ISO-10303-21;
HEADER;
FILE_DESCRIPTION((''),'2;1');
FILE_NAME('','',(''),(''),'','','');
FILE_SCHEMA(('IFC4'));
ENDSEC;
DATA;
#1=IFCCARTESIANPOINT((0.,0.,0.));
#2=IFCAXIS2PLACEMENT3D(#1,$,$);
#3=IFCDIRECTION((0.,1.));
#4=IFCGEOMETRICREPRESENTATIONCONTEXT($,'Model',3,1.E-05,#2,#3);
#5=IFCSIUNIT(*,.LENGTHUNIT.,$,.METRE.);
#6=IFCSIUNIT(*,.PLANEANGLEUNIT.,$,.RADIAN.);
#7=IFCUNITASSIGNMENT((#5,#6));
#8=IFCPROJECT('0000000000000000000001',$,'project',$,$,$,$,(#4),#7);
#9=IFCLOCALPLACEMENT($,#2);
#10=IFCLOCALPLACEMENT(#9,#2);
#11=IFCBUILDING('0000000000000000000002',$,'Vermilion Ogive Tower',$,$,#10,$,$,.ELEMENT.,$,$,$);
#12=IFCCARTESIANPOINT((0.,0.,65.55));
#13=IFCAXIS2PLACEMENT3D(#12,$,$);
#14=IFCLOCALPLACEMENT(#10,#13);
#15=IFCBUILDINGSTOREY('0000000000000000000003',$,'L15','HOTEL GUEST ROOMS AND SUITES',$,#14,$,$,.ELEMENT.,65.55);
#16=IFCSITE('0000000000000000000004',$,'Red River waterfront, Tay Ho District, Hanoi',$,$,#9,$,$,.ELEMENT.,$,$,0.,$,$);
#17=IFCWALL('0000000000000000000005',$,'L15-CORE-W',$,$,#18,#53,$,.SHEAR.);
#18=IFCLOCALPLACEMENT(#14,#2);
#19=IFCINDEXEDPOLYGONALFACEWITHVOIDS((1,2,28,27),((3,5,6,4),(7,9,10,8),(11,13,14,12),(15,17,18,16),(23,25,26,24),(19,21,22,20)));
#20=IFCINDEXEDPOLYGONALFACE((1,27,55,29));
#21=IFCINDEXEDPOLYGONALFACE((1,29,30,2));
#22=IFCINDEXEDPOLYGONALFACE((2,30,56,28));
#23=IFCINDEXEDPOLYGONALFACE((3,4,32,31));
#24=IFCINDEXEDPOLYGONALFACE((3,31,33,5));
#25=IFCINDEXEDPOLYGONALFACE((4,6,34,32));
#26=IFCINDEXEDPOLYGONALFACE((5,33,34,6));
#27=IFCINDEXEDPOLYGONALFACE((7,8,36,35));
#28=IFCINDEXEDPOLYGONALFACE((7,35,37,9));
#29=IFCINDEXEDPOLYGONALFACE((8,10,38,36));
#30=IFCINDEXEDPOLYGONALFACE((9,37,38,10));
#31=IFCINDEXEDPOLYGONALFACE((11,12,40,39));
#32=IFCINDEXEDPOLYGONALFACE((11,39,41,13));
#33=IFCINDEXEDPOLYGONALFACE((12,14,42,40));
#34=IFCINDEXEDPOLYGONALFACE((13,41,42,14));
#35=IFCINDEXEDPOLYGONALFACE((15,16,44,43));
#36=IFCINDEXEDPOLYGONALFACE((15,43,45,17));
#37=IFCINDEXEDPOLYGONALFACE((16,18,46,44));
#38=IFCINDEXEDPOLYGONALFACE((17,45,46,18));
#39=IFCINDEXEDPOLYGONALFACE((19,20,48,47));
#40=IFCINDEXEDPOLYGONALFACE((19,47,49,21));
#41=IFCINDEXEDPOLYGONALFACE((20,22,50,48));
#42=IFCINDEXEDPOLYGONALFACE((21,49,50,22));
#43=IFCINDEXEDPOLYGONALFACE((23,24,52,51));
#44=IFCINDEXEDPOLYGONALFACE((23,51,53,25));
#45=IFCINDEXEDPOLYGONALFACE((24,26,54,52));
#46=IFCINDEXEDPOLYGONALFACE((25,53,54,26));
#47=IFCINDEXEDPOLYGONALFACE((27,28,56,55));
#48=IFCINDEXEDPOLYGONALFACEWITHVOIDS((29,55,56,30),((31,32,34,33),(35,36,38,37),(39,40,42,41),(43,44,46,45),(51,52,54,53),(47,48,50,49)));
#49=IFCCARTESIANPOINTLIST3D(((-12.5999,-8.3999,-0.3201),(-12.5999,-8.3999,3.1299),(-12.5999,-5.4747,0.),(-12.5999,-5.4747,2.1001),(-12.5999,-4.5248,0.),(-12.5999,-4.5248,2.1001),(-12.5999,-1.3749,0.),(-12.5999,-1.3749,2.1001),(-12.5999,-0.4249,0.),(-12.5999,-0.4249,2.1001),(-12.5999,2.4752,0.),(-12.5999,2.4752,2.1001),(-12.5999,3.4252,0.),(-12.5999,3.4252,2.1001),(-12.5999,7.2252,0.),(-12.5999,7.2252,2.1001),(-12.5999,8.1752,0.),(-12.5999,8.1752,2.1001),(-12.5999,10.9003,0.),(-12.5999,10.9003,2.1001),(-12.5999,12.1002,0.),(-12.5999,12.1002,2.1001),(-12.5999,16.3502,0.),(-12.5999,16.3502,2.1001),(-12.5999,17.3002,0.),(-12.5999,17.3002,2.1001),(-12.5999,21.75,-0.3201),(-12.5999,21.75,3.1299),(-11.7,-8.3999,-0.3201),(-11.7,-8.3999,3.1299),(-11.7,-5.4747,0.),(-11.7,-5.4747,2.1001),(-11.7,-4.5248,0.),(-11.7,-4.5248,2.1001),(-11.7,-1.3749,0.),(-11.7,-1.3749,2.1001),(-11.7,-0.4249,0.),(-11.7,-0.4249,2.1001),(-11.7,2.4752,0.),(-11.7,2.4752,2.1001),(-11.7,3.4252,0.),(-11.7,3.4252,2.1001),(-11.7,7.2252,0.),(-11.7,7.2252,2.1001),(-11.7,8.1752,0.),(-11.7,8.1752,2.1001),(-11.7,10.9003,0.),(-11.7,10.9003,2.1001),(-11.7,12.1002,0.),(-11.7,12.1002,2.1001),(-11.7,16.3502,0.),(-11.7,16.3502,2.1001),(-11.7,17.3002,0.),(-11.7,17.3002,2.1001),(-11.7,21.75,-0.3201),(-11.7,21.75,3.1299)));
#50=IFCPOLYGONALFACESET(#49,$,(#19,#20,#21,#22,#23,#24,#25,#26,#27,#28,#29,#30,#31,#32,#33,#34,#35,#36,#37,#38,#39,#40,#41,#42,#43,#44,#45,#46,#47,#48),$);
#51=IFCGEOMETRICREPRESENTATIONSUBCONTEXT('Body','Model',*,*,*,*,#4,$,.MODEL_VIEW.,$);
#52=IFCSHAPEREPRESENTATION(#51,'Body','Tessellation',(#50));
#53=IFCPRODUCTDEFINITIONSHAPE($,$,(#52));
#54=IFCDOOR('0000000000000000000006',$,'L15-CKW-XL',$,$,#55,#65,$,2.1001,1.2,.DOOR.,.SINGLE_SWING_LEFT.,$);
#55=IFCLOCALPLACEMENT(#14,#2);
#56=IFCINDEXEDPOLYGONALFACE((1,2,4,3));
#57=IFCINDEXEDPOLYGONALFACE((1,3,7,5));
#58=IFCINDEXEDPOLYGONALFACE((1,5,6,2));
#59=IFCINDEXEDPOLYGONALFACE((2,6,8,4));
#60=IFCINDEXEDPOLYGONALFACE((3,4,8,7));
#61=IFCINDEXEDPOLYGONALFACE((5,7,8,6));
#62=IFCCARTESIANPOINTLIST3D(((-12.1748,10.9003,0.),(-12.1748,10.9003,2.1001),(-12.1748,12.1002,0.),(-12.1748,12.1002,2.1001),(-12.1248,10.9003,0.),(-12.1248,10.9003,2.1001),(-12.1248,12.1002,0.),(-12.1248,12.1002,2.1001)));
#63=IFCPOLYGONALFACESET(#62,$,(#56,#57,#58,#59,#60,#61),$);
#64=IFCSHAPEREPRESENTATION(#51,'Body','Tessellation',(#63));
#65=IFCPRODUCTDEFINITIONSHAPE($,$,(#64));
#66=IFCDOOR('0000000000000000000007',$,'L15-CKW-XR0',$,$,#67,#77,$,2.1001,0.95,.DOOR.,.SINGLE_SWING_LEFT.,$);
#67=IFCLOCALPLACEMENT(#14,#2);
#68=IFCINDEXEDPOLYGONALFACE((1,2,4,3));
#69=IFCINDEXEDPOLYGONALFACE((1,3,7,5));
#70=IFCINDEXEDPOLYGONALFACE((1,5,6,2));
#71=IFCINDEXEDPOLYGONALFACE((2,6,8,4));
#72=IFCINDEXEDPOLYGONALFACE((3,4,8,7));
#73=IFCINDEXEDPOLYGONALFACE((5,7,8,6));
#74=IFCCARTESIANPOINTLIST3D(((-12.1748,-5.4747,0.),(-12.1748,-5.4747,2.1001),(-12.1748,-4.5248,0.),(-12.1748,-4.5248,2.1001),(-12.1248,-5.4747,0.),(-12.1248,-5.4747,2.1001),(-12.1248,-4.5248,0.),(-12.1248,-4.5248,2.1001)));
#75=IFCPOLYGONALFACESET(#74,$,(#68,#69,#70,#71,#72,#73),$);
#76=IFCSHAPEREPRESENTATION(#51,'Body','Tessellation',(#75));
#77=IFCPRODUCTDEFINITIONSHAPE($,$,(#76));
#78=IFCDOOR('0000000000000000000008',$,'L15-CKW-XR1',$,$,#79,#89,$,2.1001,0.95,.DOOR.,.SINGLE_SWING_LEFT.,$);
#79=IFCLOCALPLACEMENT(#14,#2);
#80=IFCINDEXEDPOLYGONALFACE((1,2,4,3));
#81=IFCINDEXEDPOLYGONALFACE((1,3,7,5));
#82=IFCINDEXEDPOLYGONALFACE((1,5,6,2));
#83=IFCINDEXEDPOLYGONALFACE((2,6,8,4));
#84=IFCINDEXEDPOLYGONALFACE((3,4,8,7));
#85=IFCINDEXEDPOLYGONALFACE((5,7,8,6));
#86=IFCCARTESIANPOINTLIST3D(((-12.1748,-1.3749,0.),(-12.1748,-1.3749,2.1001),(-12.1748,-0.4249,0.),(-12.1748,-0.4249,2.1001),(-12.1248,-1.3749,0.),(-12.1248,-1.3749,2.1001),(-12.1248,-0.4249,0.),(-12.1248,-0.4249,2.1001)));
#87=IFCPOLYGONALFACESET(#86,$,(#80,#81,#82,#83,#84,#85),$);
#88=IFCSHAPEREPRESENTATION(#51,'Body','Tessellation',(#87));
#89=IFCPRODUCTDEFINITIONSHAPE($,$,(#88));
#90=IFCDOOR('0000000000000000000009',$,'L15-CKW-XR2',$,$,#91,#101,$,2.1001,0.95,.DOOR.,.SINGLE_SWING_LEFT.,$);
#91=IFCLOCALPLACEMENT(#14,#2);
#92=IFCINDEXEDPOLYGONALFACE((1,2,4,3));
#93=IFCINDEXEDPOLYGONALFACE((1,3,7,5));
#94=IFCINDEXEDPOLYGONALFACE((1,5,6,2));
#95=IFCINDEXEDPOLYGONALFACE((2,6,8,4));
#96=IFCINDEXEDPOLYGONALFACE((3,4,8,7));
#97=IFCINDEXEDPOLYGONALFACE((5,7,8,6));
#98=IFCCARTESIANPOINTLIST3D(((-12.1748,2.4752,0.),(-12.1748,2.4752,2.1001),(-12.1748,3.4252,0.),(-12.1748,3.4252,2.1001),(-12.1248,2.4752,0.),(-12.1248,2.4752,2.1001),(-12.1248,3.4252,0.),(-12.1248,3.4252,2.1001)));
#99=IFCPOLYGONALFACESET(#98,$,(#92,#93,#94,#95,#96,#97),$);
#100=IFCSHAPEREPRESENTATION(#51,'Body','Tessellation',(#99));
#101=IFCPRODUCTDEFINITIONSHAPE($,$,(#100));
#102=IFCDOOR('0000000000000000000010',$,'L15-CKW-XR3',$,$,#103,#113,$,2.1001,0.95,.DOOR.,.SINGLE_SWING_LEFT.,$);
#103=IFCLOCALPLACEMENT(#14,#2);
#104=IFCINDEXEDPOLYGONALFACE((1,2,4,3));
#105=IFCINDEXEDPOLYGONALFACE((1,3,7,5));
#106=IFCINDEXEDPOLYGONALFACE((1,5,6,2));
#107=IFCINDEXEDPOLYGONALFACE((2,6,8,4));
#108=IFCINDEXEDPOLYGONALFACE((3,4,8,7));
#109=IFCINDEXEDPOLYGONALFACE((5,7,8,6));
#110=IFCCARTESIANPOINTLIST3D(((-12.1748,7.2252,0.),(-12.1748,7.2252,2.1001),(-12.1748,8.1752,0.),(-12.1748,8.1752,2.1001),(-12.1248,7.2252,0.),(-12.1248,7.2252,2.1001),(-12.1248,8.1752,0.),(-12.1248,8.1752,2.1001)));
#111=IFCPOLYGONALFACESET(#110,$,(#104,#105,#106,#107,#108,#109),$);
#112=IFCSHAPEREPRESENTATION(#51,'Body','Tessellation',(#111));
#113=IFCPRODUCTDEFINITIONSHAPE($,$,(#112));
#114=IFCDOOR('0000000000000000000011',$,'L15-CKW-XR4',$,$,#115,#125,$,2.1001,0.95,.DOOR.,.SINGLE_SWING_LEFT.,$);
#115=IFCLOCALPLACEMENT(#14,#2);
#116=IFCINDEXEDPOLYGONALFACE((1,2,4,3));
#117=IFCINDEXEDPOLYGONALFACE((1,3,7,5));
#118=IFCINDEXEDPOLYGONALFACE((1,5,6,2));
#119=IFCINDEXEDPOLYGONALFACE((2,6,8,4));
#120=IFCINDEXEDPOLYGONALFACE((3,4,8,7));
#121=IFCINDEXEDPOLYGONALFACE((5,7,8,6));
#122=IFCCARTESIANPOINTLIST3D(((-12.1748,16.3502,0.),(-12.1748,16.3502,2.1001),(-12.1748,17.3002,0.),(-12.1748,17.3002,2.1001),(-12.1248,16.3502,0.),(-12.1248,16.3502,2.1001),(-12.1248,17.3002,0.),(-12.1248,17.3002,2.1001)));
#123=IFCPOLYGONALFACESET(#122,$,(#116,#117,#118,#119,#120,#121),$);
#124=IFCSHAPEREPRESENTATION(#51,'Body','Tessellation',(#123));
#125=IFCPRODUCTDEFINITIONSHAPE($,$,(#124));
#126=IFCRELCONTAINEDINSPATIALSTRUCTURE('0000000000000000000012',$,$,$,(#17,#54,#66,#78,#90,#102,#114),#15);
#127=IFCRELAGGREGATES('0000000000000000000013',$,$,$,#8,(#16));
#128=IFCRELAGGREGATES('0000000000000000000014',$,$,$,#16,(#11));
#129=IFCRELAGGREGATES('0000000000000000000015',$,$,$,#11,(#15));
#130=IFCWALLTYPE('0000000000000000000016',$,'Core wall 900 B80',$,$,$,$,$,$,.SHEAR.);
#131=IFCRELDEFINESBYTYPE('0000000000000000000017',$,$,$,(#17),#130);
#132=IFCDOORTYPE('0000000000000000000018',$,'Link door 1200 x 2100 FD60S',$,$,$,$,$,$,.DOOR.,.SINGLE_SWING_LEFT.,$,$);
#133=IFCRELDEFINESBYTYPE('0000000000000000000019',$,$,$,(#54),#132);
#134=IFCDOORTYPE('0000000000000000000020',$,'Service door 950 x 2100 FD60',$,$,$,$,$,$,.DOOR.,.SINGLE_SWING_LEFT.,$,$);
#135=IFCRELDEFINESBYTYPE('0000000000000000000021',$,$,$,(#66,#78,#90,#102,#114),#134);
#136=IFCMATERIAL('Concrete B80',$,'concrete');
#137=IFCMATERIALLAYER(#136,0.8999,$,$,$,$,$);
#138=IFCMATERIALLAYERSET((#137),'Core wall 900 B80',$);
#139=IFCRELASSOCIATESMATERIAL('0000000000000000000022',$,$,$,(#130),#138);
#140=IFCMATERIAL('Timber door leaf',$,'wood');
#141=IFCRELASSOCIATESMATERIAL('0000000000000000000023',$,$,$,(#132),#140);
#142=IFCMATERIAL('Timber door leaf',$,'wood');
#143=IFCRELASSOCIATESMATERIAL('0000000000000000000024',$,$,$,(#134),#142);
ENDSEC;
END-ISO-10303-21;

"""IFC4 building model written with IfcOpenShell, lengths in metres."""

from ifc_helpers import new_model, si_unit, direction, frame, frame_2d, origin, place, context, subcontext, project, spatial, rectangle, extrude, material, layer, layer_set, type_object, element, fill, save


model = new_model("IFC4")

# Units and contexts
model_context = context("Model", 3, precision=1e-05, world=origin(), true_north=direction((0.0, 1.0)))
body_context = subcontext(model_context, "Body", "Model", "MODEL_VIEW")
ifc_project = project(units=[si_unit("LENGTHUNIT", "METRE"), si_unit("PLANEANGLEUNIT", "RADIAN")], contexts=[model_context])

# Site, building, storey
site_placement = place(None, origin())
site = spatial("IfcSite", under=ifc_project, at=site_placement, Name="Red River waterfront, Tay Ho District, Hanoi", CompositionType="ELEMENT", RefElevation=0.0)
building_placement = place(site_placement, origin())
building = spatial("IfcBuilding", under=site, at=building_placement, Name="Vermilion Ogive Tower", CompositionType="ELEMENT")
storey_placement = place(building_placement, frame((0.0, 0.0, 65.55)))
storey = spatial("IfcBuildingStorey", under=building, at=storey_placement, Name="L15", Description="HOTEL GUEST ROOMS AND SUITES", CompositionType="ELEMENT", Elevation=65.55)

# Wall, openings, doors
ifc_material_1 = material(Name="Concrete B80", Category="concrete")
ifc_layer_1 = layer(ifc_material_1, 0.8999)
ifc_layer_set_1 = layer_set([ifc_layer_1], Name="Core wall 900 B80")
wall_type_1 = type_object("IfcWallType", Name="Core wall 900 B80", PredefinedType="SHEAR", material=ifc_layer_set_1)
wall_1_placement = place(storey_placement, frame((-12.1499, -8.3999, -0.3201), z_axis=(0.0, 0.0, 1.0), x_axis=(0.0, 1.0, 0.0)))
wall_1 = element("IfcWall", 1, at=wall_1_placement, inside=storey, type_object=wall_type_1, Name="L15-CORE-W", PredefinedType="SHEAR", context=body_context, shape_type="SweptSolid", body=[
    extrude(rectangle(XDim=30.1499, YDim=0.8999, at=frame_2d((15.075, 0.0))), origin(), (0.0, 0.0, 1.0), 3.45),
])
opening_1_placement = place(wall_1_placement, frame((2.925, 0.0, 0.3201)))
opening_1 = element("IfcOpeningElement", 2, at=opening_1_placement, cuts=wall_1, PredefinedType="OPENING", context=body_context, shape_type="SweptSolid", body=[
    extrude(rectangle(XDim=0.95, YDim=2.1001, at=frame_2d((0.4751, 1.05))), frame((0.0, 0.46, 0.0), z_axis=(0.0, -1.0, 0.0), x_axis=(1.0, 0.0, 0.0)), (0.0, 0.0, 1.0), 0.9199),
])
opening_2_placement = place(wall_1_placement, frame((7.0249, 0.0, 0.3201)))
opening_2 = element("IfcOpeningElement", 3, at=opening_2_placement, cuts=wall_1, PredefinedType="OPENING", context=body_context, shape_type="SweptSolid", body=[
    extrude(rectangle(XDim=0.95, YDim=2.1001, at=frame_2d((0.4751, 1.05))), frame((0.0, 0.46, 0.0), z_axis=(0.0, -1.0, 0.0), x_axis=(1.0, 0.0, 0.0)), (0.0, 0.0, 1.0), 0.9199),
])
opening_3_placement = place(wall_1_placement, frame((10.875, 0.0, 0.3201)))
opening_3 = element("IfcOpeningElement", 4, at=opening_3_placement, cuts=wall_1, PredefinedType="OPENING", context=body_context, shape_type="SweptSolid", body=[
    extrude(rectangle(XDim=0.95, YDim=2.1001, at=frame_2d((0.4751, 1.05))), frame((0.0, 0.46, 0.0), z_axis=(0.0, -1.0, 0.0), x_axis=(1.0, 0.0, 0.0)), (0.0, 0.0, 1.0), 0.9199),
])
opening_4_placement = place(wall_1_placement, frame((15.625, 0.0, 0.3201)))
opening_4 = element("IfcOpeningElement", 5, at=opening_4_placement, cuts=wall_1, PredefinedType="OPENING", context=body_context, shape_type="SweptSolid", body=[
    extrude(rectangle(XDim=0.95, YDim=2.1001, at=frame_2d((0.4751, 1.05))), frame((0.0, 0.46, 0.0), z_axis=(0.0, -1.0, 0.0), x_axis=(1.0, 0.0, 0.0)), (0.0, 0.0, 1.0), 0.9199),
])
opening_5_placement = place(wall_1_placement, frame((24.75, 0.0, 0.3201)))
opening_5 = element("IfcOpeningElement", 6, at=opening_5_placement, cuts=wall_1, PredefinedType="OPENING", context=body_context, shape_type="SweptSolid", body=[
    extrude(rectangle(XDim=0.95, YDim=2.1001, at=frame_2d((0.4751, 1.05))), frame((0.0, 0.46, 0.0), z_axis=(0.0, -1.0, 0.0), x_axis=(1.0, 0.0, 0.0)), (0.0, 0.0, 1.0), 0.9199),
])
opening_6_placement = place(wall_1_placement, frame((19.3, 0.0, 0.3201)))
opening_6 = element("IfcOpeningElement", 7, at=opening_6_placement, cuts=wall_1, PredefinedType="OPENING", context=body_context, shape_type="SweptSolid", body=[
    extrude(rectangle(XDim=1.2, YDim=2.1001, at=frame_2d((0.6001, 1.05))), frame((0.0, 0.46, 0.0), z_axis=(0.0, -1.0, 0.0), x_axis=(1.0, 0.0, 0.0)), (0.0, 0.0, 1.0), 0.9199),
])
ifc_material_2 = material(Name="Timber door leaf", Category="wood")
door_type_1 = type_object("IfcDoorType", Name="Link door 1200 x 2100 FD60S", OperationType="SINGLE_SWING_LEFT", PredefinedType="DOOR", material=ifc_material_2)
door_1_placement = place(opening_6_placement, origin())
door_1 = element("IfcDoor", 8, at=door_1_placement, inside=storey, type_object=door_type_1, Name="L15-CKW-XL", OperationType="SINGLE_SWING_LEFT", OverallHeight=2.1001, OverallWidth=1.2, PredefinedType="DOOR", context=body_context, shape_type="SweptSolid", body=[
    extrude(rectangle(XDim=1.2, YDim=2.1001, at=frame_2d((0.6001, 1.05))), frame((0.0, 0.0249, 0.0), z_axis=(0.0, -1.0, 0.0), x_axis=(1.0, 0.0, 0.0)), (0.0, 0.0, 1.0), 0.05),
])
fill(opening_6, door_1)
ifc_material_3 = material(Name="Timber door leaf", Category="wood")
door_type_2 = type_object("IfcDoorType", Name="Service door 950 x 2100 FD60", OperationType="SINGLE_SWING_LEFT", PredefinedType="DOOR", material=ifc_material_3)
door_2_placement = place(opening_1_placement, origin())
door_2 = element("IfcDoor", 9, at=door_2_placement, inside=storey, type_object=door_type_2, Name="L15-CKW-XR0", OperationType="SINGLE_SWING_LEFT", OverallHeight=2.1001, OverallWidth=0.95, PredefinedType="DOOR", context=body_context, shape_type="SweptSolid", body=[
    extrude(rectangle(XDim=0.95, YDim=2.1001, at=frame_2d((0.4751, 1.05))), frame((0.0, 0.0249, 0.0), z_axis=(0.0, -1.0, 0.0), x_axis=(1.0, 0.0, 0.0)), (0.0, 0.0, 1.0), 0.05),
])
fill(opening_1, door_2)
door_3_placement = place(opening_2_placement, origin())
door_3 = element("IfcDoor", 10, at=door_3_placement, inside=storey, type_object=door_type_2, Name="L15-CKW-XR1", OperationType="SINGLE_SWING_LEFT", OverallHeight=2.1001, OverallWidth=0.95, PredefinedType="DOOR", context=body_context, shape_type="SweptSolid", body=[
    extrude(rectangle(XDim=0.95, YDim=2.1001, at=frame_2d((0.4751, 1.05))), frame((0.0, 0.0249, 0.0), z_axis=(0.0, -1.0, 0.0), x_axis=(1.0, 0.0, 0.0)), (0.0, 0.0, 1.0), 0.05),
])
fill(opening_2, door_3)
door_4_placement = place(opening_3_placement, origin())
door_4 = element("IfcDoor", 11, at=door_4_placement, inside=storey, type_object=door_type_2, Name="L15-CKW-XR2", OperationType="SINGLE_SWING_LEFT", OverallHeight=2.1001, OverallWidth=0.95, PredefinedType="DOOR", context=body_context, shape_type="SweptSolid", body=[
    extrude(rectangle(XDim=0.95, YDim=2.1001, at=frame_2d((0.4751, 1.05))), frame((0.0, 0.0249, 0.0), z_axis=(0.0, -1.0, 0.0), x_axis=(1.0, 0.0, 0.0)), (0.0, 0.0, 1.0), 0.05),
])
fill(opening_3, door_4)
door_5_placement = place(opening_4_placement, origin())
door_5 = element("IfcDoor", 12, at=door_5_placement, inside=storey, type_object=door_type_2, Name="L15-CKW-XR3", OperationType="SINGLE_SWING_LEFT", OverallHeight=2.1001, OverallWidth=0.95, PredefinedType="DOOR", context=body_context, shape_type="SweptSolid", body=[
    extrude(rectangle(XDim=0.95, YDim=2.1001, at=frame_2d((0.4751, 1.05))), frame((0.0, 0.0249, 0.0), z_axis=(0.0, -1.0, 0.0), x_axis=(1.0, 0.0, 0.0)), (0.0, 0.0, 1.0), 0.05),
])
fill(opening_4, door_5)
door_6_placement = place(opening_5_placement, origin())
door_6 = element("IfcDoor", 13, at=door_6_placement, inside=storey, type_object=door_type_2, Name="L15-CKW-XR4", OperationType="SINGLE_SWING_LEFT", OverallHeight=2.1001, OverallWidth=0.95, PredefinedType="DOOR", context=body_context, shape_type="SweptSolid", body=[
    extrude(rectangle(XDim=0.95, YDim=2.1001, at=frame_2d((0.4751, 1.05))), frame((0.0, 0.0249, 0.0), z_axis=(0.0, -1.0, 0.0), x_axis=(1.0, 0.0, 0.0)), (0.0, 0.0, 1.0), 0.05),
])
fill(opening_5, door_6)

save(model, "model.ifc")
